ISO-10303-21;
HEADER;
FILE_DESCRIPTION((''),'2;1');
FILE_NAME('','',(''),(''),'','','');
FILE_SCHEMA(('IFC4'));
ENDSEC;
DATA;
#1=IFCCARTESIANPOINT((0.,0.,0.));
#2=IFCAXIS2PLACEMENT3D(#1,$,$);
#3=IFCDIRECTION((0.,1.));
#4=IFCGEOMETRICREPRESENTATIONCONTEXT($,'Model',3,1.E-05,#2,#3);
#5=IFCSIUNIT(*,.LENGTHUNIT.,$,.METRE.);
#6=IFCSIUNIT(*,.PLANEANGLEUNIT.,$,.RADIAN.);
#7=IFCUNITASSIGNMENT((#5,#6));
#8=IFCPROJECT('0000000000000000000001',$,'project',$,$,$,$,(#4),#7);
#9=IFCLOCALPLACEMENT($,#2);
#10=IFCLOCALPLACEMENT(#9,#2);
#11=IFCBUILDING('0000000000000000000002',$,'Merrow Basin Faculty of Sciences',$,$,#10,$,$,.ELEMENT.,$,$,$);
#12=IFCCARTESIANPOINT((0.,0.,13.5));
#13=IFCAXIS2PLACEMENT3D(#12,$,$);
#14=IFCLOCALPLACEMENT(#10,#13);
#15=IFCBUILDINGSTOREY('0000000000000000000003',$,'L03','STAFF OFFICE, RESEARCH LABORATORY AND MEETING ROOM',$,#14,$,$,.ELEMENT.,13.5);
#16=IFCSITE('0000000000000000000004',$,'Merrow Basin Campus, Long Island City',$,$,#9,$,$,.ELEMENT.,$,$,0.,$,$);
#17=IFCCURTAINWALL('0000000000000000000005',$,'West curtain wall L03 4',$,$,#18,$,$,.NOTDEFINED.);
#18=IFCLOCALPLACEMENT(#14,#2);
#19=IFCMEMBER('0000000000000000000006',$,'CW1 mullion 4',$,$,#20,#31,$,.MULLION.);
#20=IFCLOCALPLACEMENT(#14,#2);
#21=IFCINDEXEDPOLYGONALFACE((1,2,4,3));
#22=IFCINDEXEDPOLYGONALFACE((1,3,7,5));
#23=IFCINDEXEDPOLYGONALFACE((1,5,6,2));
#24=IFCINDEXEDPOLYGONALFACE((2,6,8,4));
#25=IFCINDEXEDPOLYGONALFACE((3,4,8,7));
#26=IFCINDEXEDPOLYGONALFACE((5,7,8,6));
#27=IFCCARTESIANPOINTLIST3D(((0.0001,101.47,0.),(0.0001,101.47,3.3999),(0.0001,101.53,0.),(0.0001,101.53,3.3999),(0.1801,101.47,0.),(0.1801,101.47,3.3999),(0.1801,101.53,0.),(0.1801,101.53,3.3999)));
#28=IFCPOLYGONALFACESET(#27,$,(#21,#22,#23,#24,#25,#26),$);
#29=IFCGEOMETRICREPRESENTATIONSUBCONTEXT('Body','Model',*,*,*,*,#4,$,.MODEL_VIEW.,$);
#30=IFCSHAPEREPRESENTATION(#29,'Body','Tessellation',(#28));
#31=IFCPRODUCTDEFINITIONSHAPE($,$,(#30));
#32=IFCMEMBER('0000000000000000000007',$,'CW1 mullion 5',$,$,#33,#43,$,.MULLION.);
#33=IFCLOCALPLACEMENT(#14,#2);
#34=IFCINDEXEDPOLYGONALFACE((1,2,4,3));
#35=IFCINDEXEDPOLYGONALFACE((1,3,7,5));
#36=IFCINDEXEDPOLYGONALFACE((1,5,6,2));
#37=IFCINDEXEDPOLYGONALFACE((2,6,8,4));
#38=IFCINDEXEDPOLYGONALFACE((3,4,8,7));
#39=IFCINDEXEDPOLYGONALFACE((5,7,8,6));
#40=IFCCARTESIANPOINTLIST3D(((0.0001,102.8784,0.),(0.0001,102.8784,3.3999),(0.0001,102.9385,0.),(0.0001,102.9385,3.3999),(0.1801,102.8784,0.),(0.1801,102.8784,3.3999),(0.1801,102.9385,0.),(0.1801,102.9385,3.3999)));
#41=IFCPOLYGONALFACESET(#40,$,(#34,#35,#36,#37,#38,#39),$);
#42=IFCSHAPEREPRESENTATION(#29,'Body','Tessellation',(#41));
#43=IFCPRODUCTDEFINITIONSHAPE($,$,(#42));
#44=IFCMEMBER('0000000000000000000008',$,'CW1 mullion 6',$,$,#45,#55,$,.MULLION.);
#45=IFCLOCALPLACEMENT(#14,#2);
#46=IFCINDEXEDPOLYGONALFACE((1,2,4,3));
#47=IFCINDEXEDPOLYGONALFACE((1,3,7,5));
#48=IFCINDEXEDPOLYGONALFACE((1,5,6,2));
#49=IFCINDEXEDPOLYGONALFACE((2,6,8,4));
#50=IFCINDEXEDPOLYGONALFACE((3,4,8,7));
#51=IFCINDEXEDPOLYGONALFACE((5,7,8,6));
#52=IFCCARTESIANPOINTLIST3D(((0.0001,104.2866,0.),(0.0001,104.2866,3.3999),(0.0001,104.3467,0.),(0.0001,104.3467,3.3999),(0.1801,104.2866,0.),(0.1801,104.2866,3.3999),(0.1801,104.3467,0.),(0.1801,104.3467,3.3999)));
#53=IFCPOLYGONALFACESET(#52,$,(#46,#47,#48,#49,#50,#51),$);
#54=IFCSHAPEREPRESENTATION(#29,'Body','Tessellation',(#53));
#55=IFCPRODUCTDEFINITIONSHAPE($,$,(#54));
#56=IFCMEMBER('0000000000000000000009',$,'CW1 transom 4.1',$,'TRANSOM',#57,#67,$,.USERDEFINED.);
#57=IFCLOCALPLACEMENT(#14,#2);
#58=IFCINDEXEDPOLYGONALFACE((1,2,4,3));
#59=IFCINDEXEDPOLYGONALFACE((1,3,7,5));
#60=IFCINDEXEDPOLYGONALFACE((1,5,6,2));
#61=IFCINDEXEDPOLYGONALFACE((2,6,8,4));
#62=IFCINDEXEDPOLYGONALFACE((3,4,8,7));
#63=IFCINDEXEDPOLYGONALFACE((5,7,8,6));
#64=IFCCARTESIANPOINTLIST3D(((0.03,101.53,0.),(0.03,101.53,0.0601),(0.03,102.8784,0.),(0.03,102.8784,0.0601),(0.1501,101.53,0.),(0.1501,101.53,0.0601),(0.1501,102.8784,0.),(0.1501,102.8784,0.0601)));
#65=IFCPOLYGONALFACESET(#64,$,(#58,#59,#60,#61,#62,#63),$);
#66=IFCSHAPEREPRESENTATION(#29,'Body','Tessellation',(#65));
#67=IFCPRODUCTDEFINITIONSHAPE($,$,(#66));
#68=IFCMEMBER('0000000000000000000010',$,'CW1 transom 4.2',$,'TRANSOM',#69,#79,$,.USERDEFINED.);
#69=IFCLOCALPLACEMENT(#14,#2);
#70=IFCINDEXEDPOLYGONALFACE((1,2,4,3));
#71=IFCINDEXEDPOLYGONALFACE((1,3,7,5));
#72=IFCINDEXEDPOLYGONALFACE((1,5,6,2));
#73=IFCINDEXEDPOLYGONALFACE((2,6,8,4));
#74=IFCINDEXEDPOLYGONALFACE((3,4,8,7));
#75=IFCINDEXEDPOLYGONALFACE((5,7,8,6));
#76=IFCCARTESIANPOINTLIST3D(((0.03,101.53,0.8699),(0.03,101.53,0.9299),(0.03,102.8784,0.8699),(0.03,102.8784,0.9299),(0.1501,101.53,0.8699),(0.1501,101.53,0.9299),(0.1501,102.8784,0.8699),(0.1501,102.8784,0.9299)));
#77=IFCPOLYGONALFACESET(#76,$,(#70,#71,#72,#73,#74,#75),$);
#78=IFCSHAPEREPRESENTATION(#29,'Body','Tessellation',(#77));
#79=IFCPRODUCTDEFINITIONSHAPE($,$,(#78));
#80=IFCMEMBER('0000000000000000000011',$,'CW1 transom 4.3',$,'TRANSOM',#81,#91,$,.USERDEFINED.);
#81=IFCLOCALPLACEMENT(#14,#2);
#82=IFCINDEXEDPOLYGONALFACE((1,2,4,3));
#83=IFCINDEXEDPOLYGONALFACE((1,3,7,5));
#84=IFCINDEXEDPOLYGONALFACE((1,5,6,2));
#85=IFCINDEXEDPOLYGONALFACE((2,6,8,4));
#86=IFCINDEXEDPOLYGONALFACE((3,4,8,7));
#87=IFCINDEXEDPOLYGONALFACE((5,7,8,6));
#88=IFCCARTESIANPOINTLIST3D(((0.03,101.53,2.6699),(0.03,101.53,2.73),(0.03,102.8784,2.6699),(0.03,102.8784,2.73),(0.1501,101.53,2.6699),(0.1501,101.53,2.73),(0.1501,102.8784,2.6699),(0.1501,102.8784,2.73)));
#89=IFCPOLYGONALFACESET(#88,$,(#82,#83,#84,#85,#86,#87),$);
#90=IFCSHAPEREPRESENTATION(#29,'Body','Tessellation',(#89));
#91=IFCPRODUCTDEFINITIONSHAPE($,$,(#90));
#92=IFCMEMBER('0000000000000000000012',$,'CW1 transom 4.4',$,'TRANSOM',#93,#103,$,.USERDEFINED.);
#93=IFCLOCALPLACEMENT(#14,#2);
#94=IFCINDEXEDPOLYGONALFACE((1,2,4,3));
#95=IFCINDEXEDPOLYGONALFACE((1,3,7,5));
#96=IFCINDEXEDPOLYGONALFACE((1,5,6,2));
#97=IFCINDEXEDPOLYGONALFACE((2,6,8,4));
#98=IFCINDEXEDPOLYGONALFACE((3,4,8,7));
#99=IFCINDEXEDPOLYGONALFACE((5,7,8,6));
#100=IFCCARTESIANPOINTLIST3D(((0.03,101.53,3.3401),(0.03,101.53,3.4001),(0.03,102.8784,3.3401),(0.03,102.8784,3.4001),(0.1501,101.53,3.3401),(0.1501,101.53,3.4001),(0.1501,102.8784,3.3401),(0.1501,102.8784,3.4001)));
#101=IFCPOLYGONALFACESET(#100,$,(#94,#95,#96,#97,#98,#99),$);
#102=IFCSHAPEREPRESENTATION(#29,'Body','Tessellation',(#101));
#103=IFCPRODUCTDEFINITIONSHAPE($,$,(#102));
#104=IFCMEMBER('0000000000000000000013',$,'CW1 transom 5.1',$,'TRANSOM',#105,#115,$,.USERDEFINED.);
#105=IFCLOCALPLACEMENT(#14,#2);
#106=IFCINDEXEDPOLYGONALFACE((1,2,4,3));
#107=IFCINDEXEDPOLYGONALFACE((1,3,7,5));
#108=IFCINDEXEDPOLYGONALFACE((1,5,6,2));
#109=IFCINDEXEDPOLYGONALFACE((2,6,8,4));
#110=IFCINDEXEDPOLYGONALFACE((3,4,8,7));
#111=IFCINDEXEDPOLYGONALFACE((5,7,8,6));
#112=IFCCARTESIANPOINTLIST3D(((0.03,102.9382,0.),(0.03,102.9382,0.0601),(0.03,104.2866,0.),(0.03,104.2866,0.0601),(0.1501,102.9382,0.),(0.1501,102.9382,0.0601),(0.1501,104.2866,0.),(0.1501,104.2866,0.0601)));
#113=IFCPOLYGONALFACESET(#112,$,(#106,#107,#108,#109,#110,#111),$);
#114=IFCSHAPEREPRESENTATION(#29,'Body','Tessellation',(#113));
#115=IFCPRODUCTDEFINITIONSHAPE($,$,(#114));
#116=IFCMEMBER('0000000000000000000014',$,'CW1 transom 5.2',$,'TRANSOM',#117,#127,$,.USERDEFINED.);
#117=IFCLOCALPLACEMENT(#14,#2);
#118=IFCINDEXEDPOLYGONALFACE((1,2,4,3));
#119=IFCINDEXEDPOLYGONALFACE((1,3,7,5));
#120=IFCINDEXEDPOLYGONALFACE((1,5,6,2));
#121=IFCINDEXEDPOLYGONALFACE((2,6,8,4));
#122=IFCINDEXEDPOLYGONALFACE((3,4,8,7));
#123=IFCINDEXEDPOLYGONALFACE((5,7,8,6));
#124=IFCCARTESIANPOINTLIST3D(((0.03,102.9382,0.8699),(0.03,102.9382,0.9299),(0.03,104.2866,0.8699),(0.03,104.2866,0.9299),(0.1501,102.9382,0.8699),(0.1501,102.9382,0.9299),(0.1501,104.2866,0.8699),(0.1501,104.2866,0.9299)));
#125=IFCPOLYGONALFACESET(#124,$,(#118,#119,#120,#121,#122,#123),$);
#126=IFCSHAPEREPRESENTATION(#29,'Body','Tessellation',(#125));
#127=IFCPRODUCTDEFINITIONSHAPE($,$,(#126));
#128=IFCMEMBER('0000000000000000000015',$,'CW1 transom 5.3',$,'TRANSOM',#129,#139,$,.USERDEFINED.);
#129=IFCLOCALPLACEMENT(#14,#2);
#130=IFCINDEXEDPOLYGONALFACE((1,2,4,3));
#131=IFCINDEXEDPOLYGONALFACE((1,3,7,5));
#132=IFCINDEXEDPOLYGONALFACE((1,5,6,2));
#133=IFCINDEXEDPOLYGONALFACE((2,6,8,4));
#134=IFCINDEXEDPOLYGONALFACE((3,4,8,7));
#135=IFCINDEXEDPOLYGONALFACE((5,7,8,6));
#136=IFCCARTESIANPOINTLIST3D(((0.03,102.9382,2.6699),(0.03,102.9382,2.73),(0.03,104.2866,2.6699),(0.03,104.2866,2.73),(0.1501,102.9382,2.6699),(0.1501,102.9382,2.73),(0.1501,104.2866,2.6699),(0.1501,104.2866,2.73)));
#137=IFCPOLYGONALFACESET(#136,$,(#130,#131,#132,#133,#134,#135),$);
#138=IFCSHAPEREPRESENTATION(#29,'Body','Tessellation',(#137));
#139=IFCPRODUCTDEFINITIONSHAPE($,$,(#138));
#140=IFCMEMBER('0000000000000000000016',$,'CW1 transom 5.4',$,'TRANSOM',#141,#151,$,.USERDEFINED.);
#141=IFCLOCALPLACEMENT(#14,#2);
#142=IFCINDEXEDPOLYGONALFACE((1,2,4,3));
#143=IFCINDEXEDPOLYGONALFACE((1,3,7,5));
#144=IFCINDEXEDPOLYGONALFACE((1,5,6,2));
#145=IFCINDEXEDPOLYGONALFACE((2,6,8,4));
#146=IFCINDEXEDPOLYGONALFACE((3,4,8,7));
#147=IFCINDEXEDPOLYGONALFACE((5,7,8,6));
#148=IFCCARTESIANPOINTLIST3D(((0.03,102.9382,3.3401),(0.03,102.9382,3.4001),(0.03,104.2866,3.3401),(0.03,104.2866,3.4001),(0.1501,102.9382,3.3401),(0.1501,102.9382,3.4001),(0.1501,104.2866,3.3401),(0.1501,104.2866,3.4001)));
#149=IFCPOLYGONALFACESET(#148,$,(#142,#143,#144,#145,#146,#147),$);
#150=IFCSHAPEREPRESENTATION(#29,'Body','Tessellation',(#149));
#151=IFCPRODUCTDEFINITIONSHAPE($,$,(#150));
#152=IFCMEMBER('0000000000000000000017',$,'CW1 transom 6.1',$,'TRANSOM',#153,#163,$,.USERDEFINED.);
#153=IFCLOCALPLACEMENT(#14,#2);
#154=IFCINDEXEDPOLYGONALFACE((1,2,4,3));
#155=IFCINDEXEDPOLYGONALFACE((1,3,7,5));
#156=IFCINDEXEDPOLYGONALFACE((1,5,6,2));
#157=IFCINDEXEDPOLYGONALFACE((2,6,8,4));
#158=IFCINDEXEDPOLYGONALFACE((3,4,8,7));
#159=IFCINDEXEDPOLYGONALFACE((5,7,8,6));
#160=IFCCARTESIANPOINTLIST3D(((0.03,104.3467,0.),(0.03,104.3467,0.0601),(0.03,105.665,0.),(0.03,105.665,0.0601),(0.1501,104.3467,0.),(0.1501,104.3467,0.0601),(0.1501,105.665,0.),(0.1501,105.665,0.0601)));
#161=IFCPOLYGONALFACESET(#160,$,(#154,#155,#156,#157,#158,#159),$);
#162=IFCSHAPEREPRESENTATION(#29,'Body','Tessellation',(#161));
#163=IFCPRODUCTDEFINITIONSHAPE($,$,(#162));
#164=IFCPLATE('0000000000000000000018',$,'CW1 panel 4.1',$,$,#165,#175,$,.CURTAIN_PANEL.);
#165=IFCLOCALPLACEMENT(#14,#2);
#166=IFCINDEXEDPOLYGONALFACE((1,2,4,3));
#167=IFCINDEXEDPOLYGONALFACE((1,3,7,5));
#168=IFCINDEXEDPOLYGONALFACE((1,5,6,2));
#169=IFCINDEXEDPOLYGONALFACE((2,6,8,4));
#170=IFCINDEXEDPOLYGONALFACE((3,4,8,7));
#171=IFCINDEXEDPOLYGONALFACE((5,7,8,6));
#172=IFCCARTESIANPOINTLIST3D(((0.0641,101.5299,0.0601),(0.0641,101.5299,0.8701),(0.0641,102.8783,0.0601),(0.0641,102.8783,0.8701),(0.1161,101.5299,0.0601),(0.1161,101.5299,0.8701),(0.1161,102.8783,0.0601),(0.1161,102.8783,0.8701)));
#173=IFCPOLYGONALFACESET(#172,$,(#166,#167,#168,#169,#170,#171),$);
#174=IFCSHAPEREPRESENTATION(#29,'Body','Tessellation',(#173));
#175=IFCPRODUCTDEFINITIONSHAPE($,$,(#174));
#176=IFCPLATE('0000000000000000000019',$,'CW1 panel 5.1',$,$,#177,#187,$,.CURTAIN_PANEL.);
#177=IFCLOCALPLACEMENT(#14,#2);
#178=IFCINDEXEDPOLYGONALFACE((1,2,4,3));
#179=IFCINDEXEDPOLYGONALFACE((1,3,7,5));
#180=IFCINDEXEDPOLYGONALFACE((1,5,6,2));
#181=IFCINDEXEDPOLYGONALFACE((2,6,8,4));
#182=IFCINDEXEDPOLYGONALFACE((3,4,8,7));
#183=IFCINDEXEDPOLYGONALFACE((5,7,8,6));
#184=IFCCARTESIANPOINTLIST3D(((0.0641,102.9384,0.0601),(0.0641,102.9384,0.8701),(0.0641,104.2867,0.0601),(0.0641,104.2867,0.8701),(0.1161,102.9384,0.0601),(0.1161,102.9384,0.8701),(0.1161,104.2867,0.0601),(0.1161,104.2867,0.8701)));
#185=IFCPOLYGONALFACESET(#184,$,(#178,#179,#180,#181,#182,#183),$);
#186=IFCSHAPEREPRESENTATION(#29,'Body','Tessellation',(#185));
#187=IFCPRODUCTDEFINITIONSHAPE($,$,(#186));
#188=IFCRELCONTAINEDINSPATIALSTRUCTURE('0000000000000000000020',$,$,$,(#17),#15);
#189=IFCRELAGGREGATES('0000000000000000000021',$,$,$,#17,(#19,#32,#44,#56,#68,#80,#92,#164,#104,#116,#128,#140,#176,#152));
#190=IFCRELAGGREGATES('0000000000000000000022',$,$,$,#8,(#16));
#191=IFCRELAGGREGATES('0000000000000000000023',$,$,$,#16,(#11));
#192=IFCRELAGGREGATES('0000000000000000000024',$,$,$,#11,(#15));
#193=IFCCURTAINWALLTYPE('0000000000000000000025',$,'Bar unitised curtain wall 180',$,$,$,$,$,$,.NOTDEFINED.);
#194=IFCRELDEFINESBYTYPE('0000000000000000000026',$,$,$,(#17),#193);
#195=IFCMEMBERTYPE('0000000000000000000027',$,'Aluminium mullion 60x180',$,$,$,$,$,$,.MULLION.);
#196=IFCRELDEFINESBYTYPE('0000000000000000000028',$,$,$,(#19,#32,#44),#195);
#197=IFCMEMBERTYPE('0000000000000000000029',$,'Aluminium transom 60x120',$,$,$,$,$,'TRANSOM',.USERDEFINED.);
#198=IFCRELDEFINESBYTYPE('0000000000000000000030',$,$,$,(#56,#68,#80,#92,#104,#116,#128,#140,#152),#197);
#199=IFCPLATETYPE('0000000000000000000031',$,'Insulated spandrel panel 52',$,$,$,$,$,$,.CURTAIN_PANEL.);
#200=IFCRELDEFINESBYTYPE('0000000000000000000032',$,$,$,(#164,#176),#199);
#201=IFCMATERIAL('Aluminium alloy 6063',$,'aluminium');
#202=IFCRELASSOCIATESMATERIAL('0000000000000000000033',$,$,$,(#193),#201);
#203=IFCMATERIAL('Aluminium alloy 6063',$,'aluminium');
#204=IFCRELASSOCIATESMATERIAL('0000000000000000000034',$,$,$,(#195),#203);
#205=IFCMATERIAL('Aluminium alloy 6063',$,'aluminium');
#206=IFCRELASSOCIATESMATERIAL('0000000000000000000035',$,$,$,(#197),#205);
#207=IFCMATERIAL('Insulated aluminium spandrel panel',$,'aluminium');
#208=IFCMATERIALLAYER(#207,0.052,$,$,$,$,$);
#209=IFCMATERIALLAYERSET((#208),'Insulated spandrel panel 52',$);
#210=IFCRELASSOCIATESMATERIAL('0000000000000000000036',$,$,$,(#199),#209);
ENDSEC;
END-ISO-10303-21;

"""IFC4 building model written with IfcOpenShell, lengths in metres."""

from ifc_helpers import new_model, si_unit, direction, frame, origin, origin_2d, place, context, subcontext, project, spatial, rectangle, extrude, material, layer, layer_set, material_profile, profile_set, type_object, element, aggregate, save


model = new_model("IFC4")

# Units and contexts
model_context = context("Model", 3, precision=1e-05, world=origin(), true_north=direction((0.0, 1.0)))
body_context = subcontext(model_context, "Body", "Model", "MODEL_VIEW")
ifc_project = project(units=[si_unit("LENGTHUNIT", "METRE"), si_unit("PLANEANGLEUNIT", "RADIAN")], contexts=[model_context])

# Site, building, storey
site_placement = place(None, origin())
site = spatial("IfcSite", under=ifc_project, at=site_placement, Name="Merrow Basin Campus, Long Island City", CompositionType="ELEMENT", RefElevation=0.0)
building_placement = place(site_placement, origin())
building = spatial("IfcBuilding", under=site, at=building_placement, Name="Merrow Basin Faculty of Sciences", CompositionType="ELEMENT")
storey_placement = place(building_placement, frame((0.0, 0.0, 13.5)))
storey = spatial("IfcBuildingStorey", under=building, at=storey_placement, Name="L03", Description="STAFF OFFICE, RESEARCH LABORATORY AND MEETING ROOM", CompositionType="ELEMENT", Elevation=13.5)

# Curtain wall, members, plates
ifc_material_1 = material(Name="Aluminium alloy 6063", Category="aluminium")
curtain_wall_type = type_object("IfcCurtainWallType", Name="Bar unitised curtain wall 180", PredefinedType="NOTDEFINED", material=ifc_material_1)
curtain_wall_placement = place(storey_placement, origin())
curtain_wall = element("IfcCurtainWall", 1, at=curtain_wall_placement, inside=storey, type_object=curtain_wall_type, Name="West curtain wall L03 4", PredefinedType="NOTDEFINED")
ifc_material_2 = material(Name="Aluminium alloy 6063", Category="aluminium")
ifc_material_profile_1 = material_profile(ifc_material_2, rectangle(XDim=0.1799, YDim=0.0601, at=origin_2d()))
ifc_profile_set_1 = profile_set([ifc_material_profile_1], Name="Aluminium alloy 6063")
member_type_1 = type_object("IfcMemberType", Name="Aluminium mullion 60x180", PredefinedType="MULLION", material=ifc_profile_set_1)
member_1_placement = place(storey_placement, frame((0.0901, 101.5, 0.0), z_axis=(0.0, 0.0, 1.0), x_axis=(-1.0, 0.0, 0.0)))
member_1 = element("IfcMember", 2, at=member_1_placement, type_object=member_type_1, Name="CW1 mullion 4", PredefinedType="MULLION", context=body_context, shape_type="SweptSolid", body=[
    extrude(rectangle(XDim=0.1799, YDim=0.0601, at=origin_2d()), origin(), (0.0, 0.0, 1.0), 3.3999),
])
member_2_placement = place(storey_placement, frame((0.0901, 102.9084, 0.0), z_axis=(0.0, 0.0, 1.0), x_axis=(-1.0, 0.0, 0.0)))
member_2 = element("IfcMember", 3, at=member_2_placement, type_object=member_type_1, Name="CW1 mullion 5", PredefinedType="MULLION", context=body_context, shape_type="SweptSolid", body=[
    extrude(rectangle(XDim=0.1799, YDim=0.0601, at=origin_2d()), origin(), (0.0, 0.0, 1.0), 3.3999),
])
member_3_placement = place(storey_placement, frame((0.0901, 104.3167, 0.0), z_axis=(0.0, 0.0, 1.0), x_axis=(-1.0, 0.0, 0.0)))
member_3 = element("IfcMember", 4, at=member_3_placement, type_object=member_type_1, Name="CW1 mullion 6", PredefinedType="MULLION", context=body_context, shape_type="SweptSolid", body=[
    extrude(rectangle(XDim=0.1799, YDim=0.0601, at=origin_2d()), origin(), (0.0, 0.0, 1.0), 3.3999),
])
ifc_material_3 = material(Name="Aluminium alloy 6063", Category="aluminium")
ifc_material_profile_2 = material_profile(ifc_material_3, rectangle(XDim=0.1201, YDim=0.0601, at=origin_2d()))
ifc_profile_set_2 = profile_set([ifc_material_profile_2], Name="Aluminium alloy 6063")
member_type_2 = type_object("IfcMemberType", Name="Aluminium transom 60x120", ElementType="TRANSOM", PredefinedType="USERDEFINED", material=ifc_profile_set_2)
member_4_placement = place(storey_placement, frame((0.0901, 101.53, 0.03), z_axis=(0.0, 1.0, 0.0), x_axis=(-1.0, 0.0, 0.0)))
member_4 = element("IfcMember", 5, at=member_4_placement, type_object=member_type_2, Name="CW1 transom 4.1", ObjectType="TRANSOM", PredefinedType="USERDEFINED", context=body_context, shape_type="SweptSolid", body=[
    extrude(rectangle(XDim=0.1201, YDim=0.0601, at=origin_2d()), origin(), (0.0, 0.0, 1.0), 1.3484),
])
member_5_placement = place(storey_placement, frame((0.0901, 101.53, 0.8999), z_axis=(0.0, 1.0, 0.0), x_axis=(-1.0, 0.0, 0.0)))
member_5 = element("IfcMember", 6, at=member_5_placement, type_object=member_type_2, Name="CW1 transom 4.2", ObjectType="TRANSOM", PredefinedType="USERDEFINED", context=body_context, shape_type="SweptSolid", body=[
    extrude(rectangle(XDim=0.1201, YDim=0.0601, at=origin_2d()), origin(), (0.0, 0.0, 1.0), 1.3484),
])
member_6_placement = place(storey_placement, frame((0.0901, 101.53, 2.7), z_axis=(0.0, 1.0, 0.0), x_axis=(-1.0, 0.0, 0.0)))
member_6 = element("IfcMember", 7, at=member_6_placement, type_object=member_type_2, Name="CW1 transom 4.3", ObjectType="TRANSOM", PredefinedType="USERDEFINED", context=body_context, shape_type="SweptSolid", body=[
    extrude(rectangle(XDim=0.1201, YDim=0.0601, at=origin_2d()), origin(), (0.0, 0.0, 1.0), 1.3484),
])
member_7_placement = place(storey_placement, frame((0.0901, 101.53, 3.3701), z_axis=(0.0, 1.0, 0.0), x_axis=(-1.0, 0.0, 0.0)))
member_7 = element("IfcMember", 8, at=member_7_placement, type_object=member_type_2, Name="CW1 transom 4.4", ObjectType="TRANSOM", PredefinedType="USERDEFINED", context=body_context, shape_type="SweptSolid", body=[
    extrude(rectangle(XDim=0.1201, YDim=0.0601, at=origin_2d()), origin(), (0.0, 0.0, 1.0), 1.3484),
])
member_8_placement = place(storey_placement, frame((0.0901, 102.9382, 0.03), z_axis=(0.0, 1.0, 0.0), x_axis=(-1.0, 0.0, 0.0)))
member_8 = element("IfcMember", 9, at=member_8_placement, type_object=member_type_2, Name="CW1 transom 5.1", ObjectType="TRANSOM", PredefinedType="USERDEFINED", context=body_context, shape_type="SweptSolid", body=[
    extrude(rectangle(XDim=0.1201, YDim=0.0601, at=origin_2d()), origin(), (0.0, 0.0, 1.0), 1.3484),
])
member_9_placement = place(storey_placement, frame((0.0901, 102.9382, 0.8999), z_axis=(0.0, 1.0, 0.0), x_axis=(-1.0, 0.0, 0.0)))
member_9 = element("IfcMember", 10, at=member_9_placement, type_object=member_type_2, Name="CW1 transom 5.2", ObjectType="TRANSOM", PredefinedType="USERDEFINED", context=body_context, shape_type="SweptSolid", body=[
    extrude(rectangle(XDim=0.1201, YDim=0.0601, at=origin_2d()), origin(), (0.0, 0.0, 1.0), 1.3484),
])
member_10_placement = place(storey_placement, frame((0.0901, 102.9382, 2.7), z_axis=(0.0, 1.0, 0.0), x_axis=(-1.0, 0.0, 0.0)))
member_10 = element("IfcMember", 11, at=member_10_placement, type_object=member_type_2, Name="CW1 transom 5.3", ObjectType="TRANSOM", PredefinedType="USERDEFINED", context=body_context, shape_type="SweptSolid", body=[
    extrude(rectangle(XDim=0.1201, YDim=0.0601, at=origin_2d()), origin(), (0.0, 0.0, 1.0), 1.3484),
])
member_11_placement = place(storey_placement, frame((0.0901, 102.9382, 3.3701), z_axis=(0.0, 1.0, 0.0), x_axis=(-1.0, 0.0, 0.0)))
member_11 = element("IfcMember", 12, at=member_11_placement, type_object=member_type_2, Name="CW1 transom 5.4", ObjectType="TRANSOM", PredefinedType="USERDEFINED", context=body_context, shape_type="SweptSolid", body=[
    extrude(rectangle(XDim=0.1201, YDim=0.0601, at=origin_2d()), origin(), (0.0, 0.0, 1.0), 1.3484),
])
member_12_placement = place(storey_placement, frame((0.0901, 104.3467, 0.03), z_axis=(0.0, 1.0, 0.0), x_axis=(-1.0, 0.0, 0.0)))
member_12 = element("IfcMember", 13, at=member_12_placement, type_object=member_type_2, Name="CW1 transom 6.1", ObjectType="TRANSOM", PredefinedType="USERDEFINED", context=body_context, shape_type="SweptSolid", body=[
    extrude(rectangle(XDim=0.1201, YDim=0.0601, at=origin_2d()), origin(), (0.0, 0.0, 1.0), 1.3184),
])
ifc_material_4 = material(Name="Insulated aluminium spandrel panel", Category="aluminium")
ifc_layer_1 = layer(ifc_material_4, 0.052)
ifc_layer_set_1 = layer_set([ifc_layer_1], Name="Insulated spandrel panel 52")
plate_type_1 = type_object("IfcPlateType", Name="Insulated spandrel panel 52", PredefinedType="CURTAIN_PANEL", material=ifc_layer_set_1)
plate_1_placement = place(storey_placement, frame((0.0901, 102.2041, 0.0601), z_axis=(0.0, 0.0, 1.0), x_axis=(0.0, 1.0, 0.0)))
plate_1 = element("IfcPlate", 14, at=plate_1_placement, type_object=plate_type_1, Name="CW1 panel 4.1", PredefinedType="CURTAIN_PANEL", context=body_context, shape_type="SweptSolid", body=[
    extrude(rectangle(XDim=1.3484, YDim=0.052, at=origin_2d()), origin(), (0.0, 0.0, 1.0), 0.8101),
])
plate_2_placement = place(storey_placement, frame((0.0901, 103.6125, 0.0601), z_axis=(0.0, 0.0, 1.0), x_axis=(0.0, 1.0, 0.0)))
plate_2 = element("IfcPlate", 15, at=plate_2_placement, type_object=plate_type_1, Name="CW1 panel 5.1", PredefinedType="CURTAIN_PANEL", context=body_context, shape_type="SweptSolid", body=[
    extrude(rectangle(XDim=1.3484, YDim=0.052, at=origin_2d()), origin(), (0.0, 0.0, 1.0), 0.8101),
])
aggregate(curtain_wall, [member_1, member_2, member_3, member_4, member_5, member_6, member_7, plate_1, member_8, member_9, member_10, member_11, plate_2, member_12])

save(model, "model.ifc")
